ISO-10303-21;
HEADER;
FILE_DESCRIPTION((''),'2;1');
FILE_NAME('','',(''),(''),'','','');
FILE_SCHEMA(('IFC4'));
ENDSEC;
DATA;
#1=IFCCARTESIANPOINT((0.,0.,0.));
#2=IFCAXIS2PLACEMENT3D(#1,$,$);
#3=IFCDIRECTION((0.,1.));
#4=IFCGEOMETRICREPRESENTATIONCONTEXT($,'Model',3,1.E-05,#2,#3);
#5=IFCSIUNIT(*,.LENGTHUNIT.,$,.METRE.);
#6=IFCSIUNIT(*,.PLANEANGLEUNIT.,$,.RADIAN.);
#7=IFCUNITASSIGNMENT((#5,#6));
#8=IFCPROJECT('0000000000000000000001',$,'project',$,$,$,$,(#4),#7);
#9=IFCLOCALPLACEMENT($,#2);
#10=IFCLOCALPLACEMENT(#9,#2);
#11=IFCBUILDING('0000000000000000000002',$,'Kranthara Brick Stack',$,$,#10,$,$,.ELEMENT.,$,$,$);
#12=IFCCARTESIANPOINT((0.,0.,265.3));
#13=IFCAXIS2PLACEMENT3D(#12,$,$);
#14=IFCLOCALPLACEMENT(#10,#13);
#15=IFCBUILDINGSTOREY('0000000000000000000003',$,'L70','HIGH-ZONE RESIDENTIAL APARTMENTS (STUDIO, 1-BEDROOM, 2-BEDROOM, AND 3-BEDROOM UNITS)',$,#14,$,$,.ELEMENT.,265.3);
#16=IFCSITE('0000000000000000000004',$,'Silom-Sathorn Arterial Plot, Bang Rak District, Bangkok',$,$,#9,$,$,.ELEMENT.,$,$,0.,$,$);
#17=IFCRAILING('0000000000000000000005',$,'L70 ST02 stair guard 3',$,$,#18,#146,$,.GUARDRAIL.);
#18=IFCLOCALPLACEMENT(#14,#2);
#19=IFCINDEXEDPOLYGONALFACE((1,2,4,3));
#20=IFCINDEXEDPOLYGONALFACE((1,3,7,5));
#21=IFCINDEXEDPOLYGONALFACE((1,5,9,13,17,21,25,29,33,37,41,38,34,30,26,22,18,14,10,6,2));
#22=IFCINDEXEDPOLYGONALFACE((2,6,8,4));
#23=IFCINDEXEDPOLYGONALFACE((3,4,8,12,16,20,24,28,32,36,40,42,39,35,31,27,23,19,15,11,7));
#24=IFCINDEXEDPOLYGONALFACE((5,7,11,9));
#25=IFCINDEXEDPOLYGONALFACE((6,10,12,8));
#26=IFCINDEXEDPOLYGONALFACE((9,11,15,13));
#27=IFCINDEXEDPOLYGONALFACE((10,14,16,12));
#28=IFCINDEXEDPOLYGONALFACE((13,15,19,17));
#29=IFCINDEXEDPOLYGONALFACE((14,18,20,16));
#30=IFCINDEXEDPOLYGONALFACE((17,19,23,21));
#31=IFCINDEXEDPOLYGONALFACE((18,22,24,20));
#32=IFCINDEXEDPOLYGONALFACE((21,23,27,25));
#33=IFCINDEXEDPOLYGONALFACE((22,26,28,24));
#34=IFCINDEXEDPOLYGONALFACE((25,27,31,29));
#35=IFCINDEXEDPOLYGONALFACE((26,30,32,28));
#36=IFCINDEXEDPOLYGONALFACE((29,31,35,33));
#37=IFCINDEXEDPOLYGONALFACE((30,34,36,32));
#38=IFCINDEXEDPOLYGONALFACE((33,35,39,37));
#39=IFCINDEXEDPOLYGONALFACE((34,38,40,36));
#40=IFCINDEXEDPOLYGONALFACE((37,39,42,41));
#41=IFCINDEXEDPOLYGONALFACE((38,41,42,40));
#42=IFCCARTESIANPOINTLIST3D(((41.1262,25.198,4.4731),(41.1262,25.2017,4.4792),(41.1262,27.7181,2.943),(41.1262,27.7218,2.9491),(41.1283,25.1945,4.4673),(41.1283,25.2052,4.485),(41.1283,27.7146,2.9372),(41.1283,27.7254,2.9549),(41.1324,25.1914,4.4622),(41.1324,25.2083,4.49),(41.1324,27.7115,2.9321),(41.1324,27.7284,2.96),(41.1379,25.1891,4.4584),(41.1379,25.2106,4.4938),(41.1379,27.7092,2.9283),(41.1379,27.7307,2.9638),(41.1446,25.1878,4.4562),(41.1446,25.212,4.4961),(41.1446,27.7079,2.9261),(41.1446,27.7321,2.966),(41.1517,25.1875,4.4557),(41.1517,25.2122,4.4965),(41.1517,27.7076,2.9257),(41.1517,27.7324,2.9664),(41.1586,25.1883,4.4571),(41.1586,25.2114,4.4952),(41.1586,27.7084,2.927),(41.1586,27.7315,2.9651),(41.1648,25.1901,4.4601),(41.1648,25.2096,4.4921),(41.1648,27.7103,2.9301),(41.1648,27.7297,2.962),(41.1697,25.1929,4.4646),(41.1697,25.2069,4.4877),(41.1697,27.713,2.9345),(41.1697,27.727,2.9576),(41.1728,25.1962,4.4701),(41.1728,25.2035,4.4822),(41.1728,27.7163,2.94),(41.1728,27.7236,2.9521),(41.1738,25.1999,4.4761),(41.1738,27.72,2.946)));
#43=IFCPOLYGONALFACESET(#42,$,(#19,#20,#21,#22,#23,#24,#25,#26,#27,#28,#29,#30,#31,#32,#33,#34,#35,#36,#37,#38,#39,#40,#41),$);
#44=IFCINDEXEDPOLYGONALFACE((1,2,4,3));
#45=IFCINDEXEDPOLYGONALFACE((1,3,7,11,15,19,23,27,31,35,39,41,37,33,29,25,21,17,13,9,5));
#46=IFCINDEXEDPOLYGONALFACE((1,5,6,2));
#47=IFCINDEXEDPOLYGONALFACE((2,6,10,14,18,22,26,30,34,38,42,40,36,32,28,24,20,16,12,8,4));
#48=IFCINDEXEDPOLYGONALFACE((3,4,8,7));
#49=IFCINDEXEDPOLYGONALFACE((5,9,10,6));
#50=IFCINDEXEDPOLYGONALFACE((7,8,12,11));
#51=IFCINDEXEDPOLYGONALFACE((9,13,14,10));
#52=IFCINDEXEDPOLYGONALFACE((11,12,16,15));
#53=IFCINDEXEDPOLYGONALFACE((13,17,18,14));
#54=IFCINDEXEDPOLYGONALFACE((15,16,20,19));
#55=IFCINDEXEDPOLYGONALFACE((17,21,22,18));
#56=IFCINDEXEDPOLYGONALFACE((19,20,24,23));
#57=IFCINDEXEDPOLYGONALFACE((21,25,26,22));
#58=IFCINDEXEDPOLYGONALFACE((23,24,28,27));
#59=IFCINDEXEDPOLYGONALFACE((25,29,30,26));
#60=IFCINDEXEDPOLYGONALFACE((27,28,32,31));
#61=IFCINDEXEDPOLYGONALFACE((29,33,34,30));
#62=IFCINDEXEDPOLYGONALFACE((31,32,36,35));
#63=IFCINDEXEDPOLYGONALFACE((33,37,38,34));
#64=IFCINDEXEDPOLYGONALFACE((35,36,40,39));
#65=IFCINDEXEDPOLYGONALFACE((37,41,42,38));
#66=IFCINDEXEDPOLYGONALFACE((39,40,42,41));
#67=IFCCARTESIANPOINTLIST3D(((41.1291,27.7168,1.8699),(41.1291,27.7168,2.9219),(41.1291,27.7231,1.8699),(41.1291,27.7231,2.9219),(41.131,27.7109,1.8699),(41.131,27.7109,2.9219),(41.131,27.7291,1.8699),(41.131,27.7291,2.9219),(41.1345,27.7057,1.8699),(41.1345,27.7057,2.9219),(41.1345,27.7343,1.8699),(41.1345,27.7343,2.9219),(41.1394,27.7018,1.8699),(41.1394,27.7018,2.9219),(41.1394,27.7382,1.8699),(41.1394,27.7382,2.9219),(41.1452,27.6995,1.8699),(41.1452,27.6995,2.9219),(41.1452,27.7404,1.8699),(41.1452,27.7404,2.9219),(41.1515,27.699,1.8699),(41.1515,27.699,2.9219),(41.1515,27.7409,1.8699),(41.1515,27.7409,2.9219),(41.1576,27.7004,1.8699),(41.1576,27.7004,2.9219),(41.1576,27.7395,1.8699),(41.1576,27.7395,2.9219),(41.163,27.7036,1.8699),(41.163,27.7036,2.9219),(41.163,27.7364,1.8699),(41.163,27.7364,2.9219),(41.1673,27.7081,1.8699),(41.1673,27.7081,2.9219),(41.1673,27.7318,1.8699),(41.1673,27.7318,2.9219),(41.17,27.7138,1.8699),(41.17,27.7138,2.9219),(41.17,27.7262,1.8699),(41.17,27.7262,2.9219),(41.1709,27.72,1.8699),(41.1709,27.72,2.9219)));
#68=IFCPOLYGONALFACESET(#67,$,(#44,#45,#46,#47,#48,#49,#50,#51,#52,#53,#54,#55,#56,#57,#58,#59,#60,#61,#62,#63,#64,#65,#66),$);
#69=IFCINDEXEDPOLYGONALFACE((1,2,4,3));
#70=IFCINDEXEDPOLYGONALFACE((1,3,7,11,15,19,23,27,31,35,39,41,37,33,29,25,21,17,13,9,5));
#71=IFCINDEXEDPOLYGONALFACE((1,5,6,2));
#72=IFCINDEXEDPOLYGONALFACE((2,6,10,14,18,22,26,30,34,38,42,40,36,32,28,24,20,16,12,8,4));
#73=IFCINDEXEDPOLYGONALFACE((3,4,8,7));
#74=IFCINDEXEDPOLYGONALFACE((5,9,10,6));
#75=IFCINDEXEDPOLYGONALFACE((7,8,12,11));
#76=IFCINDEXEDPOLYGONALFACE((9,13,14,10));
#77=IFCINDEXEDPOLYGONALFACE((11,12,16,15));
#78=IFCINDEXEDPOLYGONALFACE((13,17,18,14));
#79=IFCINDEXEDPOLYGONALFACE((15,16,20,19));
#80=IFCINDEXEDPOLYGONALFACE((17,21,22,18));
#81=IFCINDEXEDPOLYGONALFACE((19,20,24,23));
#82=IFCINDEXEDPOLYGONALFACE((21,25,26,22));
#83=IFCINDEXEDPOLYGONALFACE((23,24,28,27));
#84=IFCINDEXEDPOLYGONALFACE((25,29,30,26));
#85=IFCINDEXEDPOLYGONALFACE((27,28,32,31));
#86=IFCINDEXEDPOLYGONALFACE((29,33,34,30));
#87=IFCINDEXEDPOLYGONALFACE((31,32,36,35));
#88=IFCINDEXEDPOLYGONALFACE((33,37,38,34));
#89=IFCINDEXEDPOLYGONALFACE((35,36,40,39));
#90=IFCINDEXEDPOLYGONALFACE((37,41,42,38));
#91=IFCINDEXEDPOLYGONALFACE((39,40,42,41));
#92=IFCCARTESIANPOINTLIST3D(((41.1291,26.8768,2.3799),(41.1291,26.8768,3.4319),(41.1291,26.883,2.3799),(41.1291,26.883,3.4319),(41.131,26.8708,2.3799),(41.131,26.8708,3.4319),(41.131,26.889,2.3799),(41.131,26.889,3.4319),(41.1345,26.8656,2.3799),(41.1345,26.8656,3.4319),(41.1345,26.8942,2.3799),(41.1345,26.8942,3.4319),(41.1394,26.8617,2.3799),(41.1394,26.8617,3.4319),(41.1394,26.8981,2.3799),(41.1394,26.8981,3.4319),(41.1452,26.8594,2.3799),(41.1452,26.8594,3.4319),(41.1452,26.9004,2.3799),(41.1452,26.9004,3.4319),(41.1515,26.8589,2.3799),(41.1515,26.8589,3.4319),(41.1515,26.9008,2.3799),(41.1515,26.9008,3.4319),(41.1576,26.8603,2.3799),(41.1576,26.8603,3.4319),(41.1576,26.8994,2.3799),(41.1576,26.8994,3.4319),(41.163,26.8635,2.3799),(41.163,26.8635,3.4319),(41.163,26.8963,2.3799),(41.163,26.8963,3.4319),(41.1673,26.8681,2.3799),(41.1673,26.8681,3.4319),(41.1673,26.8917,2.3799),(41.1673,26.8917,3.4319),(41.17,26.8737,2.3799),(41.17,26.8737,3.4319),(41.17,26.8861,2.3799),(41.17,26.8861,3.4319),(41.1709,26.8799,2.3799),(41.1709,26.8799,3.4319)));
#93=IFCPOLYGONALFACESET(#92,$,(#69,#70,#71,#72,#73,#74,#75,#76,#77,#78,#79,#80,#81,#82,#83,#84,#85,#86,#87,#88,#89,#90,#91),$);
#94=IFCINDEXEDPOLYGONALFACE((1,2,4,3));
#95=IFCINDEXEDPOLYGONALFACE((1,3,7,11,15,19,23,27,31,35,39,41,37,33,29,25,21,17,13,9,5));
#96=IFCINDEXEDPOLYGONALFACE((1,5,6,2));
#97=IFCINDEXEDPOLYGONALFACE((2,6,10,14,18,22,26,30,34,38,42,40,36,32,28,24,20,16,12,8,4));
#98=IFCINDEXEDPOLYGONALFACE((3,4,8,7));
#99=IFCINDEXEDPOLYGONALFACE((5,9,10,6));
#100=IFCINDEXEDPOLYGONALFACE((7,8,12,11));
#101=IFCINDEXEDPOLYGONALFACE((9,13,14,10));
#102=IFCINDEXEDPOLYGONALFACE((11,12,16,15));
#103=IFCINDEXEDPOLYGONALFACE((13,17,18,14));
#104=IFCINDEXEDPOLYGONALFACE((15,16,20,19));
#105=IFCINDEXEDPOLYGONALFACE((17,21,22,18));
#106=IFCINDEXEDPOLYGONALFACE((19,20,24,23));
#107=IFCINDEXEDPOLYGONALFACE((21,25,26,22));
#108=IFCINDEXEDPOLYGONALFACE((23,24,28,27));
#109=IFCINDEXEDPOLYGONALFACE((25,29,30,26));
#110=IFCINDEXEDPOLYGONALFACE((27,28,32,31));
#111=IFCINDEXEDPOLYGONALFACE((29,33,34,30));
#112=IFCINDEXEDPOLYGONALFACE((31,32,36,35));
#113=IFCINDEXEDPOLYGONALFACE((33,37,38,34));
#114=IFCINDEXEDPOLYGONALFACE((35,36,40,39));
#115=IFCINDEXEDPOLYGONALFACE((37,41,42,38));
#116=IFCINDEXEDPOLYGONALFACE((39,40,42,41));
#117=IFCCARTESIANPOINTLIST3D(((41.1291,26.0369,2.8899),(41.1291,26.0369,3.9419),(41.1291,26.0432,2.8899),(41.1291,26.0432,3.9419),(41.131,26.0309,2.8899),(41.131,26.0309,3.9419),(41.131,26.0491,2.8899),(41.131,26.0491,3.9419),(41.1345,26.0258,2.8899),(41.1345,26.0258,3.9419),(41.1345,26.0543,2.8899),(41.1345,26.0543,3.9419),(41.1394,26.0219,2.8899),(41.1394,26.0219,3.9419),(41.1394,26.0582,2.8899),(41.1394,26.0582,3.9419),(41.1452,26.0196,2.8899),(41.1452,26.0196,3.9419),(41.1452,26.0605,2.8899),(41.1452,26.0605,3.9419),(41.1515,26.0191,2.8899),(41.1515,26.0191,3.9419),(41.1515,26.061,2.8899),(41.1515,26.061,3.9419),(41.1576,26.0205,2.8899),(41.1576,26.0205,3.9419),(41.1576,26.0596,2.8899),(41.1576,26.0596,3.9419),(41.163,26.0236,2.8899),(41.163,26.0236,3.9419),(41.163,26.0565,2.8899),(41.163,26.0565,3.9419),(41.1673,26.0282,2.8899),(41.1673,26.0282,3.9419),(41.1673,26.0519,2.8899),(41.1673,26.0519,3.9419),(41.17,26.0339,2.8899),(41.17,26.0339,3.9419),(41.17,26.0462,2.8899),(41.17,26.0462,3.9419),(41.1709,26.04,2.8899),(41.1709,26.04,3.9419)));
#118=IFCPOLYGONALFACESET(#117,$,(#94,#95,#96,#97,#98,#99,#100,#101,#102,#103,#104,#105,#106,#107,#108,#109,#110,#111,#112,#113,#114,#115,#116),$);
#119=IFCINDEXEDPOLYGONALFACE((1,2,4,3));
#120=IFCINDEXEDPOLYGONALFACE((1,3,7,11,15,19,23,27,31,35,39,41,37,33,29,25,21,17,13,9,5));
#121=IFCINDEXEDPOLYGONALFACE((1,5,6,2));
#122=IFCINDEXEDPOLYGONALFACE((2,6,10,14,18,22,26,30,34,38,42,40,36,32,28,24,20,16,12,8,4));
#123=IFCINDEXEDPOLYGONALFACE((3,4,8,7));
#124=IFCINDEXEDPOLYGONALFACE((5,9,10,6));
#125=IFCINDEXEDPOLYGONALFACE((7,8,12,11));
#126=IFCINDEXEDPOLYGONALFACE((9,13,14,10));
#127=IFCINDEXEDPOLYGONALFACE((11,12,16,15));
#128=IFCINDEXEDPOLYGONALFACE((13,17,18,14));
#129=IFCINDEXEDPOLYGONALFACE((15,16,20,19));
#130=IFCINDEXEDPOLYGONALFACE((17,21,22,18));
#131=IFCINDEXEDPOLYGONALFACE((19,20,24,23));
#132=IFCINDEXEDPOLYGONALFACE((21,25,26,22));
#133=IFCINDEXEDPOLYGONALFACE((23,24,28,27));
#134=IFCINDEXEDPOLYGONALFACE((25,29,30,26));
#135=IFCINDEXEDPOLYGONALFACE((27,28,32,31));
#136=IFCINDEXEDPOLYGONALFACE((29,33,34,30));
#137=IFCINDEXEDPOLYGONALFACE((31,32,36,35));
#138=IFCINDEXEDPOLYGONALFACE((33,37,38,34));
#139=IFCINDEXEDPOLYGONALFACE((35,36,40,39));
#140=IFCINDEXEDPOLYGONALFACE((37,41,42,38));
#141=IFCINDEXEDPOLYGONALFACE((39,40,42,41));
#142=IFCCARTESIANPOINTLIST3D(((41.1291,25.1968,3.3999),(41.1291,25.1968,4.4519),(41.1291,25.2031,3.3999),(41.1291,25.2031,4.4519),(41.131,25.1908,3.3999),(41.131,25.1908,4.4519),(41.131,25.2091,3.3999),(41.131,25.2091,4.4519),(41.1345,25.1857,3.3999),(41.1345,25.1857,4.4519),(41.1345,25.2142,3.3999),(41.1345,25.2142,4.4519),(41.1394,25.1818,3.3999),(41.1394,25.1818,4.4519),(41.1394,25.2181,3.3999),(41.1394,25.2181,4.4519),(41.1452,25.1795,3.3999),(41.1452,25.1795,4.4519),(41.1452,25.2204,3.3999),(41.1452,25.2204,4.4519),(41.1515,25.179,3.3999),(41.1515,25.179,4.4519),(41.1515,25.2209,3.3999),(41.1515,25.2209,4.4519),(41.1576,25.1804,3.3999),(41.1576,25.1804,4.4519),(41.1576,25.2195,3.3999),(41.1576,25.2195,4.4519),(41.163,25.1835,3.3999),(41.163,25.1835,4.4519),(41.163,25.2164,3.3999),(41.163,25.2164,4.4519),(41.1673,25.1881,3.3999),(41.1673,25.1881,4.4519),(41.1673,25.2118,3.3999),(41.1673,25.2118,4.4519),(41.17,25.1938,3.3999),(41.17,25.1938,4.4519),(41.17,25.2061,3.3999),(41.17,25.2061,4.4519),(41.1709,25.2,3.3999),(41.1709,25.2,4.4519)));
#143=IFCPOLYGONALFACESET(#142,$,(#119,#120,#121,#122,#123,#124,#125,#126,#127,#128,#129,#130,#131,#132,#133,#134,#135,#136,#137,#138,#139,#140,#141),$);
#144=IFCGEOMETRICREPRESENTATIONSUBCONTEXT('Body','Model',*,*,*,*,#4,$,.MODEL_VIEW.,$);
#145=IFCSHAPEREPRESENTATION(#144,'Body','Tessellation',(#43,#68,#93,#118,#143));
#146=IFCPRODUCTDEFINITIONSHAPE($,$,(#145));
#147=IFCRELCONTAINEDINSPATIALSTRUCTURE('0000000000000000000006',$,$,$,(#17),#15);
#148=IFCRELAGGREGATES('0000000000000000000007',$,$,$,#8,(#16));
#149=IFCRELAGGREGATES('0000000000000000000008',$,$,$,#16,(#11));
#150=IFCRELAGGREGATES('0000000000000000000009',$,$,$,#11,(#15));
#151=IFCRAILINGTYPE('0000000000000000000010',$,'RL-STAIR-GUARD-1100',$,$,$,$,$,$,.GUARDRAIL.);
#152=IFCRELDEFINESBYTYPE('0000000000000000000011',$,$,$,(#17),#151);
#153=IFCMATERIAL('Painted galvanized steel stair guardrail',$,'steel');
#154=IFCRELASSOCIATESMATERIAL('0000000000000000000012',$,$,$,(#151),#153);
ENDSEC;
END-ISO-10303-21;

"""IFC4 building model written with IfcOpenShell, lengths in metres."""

from ifc_helpers import new_model, si_unit, direction, frame, origin, origin_2d, place, context, subcontext, project, spatial, circle, extrude, material, type_object, element, save


model = new_model("IFC4")

# Units and contexts
model_context = context("Model", 3, precision=1e-05, world=origin(), true_north=direction((0.0, 1.0)))
body_context = subcontext(model_context, "Body", "Model", "MODEL_VIEW")
ifc_project = project(units=[si_unit("LENGTHUNIT", "METRE"), si_unit("PLANEANGLEUNIT", "RADIAN")], contexts=[model_context])

# Site, building, storey
site_placement = place(None, origin())
site = spatial("IfcSite", under=ifc_project, at=site_placement, Name="Silom-Sathorn Arterial Plot, Bang Rak District, Bangkok", CompositionType="ELEMENT", RefElevation=0.0)
building_placement = place(site_placement, origin())
building = spatial("IfcBuilding", under=site, at=building_placement, Name="Kranthara Brick Stack", CompositionType="ELEMENT")
storey_placement = place(building_placement, frame((0.0, 0.0, 265.3)))
storey = spatial("IfcBuildingStorey", under=building, at=storey_placement, Name="L70", Description="HIGH-ZONE RESIDENTIAL APARTMENTS (STUDIO, 1-BEDROOM, 2-BEDROOM, AND 3-BEDROOM UNITS)", CompositionType="ELEMENT", Elevation=265.3)

# Railing
ifc_material_1 = material(Name="Painted galvanized steel stair guardrail", Category="steel")
railing_type_1 = type_object("IfcRailingType", Name="RL-STAIR-GUARD-1100", PredefinedType="GUARDRAIL", material=ifc_material_1)
railing_1_placement = place(storey_placement, frame((41.1499, 27.72, 1.8699)))
element("IfcRailing", 1, at=railing_1_placement, inside=storey, type_object=railing_type_1, Name="L70 ST02 stair guard 3", PredefinedType="GUARDRAIL", context=body_context, shape_type="SweptSolid", body=[
    extrude(circle(Radius=0.0239, at=origin_2d()), frame((0.0, 0.0, 1.0762), z_axis=(0.0, -0.854785, 0.518982), x_axis=(1.0, 0.0, 0.0)), (0.0, 0.0, 1.0), 2.9482),
    extrude(circle(Radius=0.021, at=origin_2d()), origin(), (0.0, 0.0, 1.0), 1.052),
    extrude(circle(Radius=0.021, at=origin_2d()), frame((0.0, -0.8401, 0.51)), (0.0, 0.0, 1.0), 1.052),
    extrude(circle(Radius=0.021, at=origin_2d()), frame((0.0, -1.6799, 1.02)), (0.0, 0.0, 1.0), 1.052),
    extrude(circle(Radius=0.021, at=origin_2d()), frame((0.0, -2.52, 1.53)), (0.0, 0.0, 1.0), 1.052),
])

save(model, "model.ifc")
